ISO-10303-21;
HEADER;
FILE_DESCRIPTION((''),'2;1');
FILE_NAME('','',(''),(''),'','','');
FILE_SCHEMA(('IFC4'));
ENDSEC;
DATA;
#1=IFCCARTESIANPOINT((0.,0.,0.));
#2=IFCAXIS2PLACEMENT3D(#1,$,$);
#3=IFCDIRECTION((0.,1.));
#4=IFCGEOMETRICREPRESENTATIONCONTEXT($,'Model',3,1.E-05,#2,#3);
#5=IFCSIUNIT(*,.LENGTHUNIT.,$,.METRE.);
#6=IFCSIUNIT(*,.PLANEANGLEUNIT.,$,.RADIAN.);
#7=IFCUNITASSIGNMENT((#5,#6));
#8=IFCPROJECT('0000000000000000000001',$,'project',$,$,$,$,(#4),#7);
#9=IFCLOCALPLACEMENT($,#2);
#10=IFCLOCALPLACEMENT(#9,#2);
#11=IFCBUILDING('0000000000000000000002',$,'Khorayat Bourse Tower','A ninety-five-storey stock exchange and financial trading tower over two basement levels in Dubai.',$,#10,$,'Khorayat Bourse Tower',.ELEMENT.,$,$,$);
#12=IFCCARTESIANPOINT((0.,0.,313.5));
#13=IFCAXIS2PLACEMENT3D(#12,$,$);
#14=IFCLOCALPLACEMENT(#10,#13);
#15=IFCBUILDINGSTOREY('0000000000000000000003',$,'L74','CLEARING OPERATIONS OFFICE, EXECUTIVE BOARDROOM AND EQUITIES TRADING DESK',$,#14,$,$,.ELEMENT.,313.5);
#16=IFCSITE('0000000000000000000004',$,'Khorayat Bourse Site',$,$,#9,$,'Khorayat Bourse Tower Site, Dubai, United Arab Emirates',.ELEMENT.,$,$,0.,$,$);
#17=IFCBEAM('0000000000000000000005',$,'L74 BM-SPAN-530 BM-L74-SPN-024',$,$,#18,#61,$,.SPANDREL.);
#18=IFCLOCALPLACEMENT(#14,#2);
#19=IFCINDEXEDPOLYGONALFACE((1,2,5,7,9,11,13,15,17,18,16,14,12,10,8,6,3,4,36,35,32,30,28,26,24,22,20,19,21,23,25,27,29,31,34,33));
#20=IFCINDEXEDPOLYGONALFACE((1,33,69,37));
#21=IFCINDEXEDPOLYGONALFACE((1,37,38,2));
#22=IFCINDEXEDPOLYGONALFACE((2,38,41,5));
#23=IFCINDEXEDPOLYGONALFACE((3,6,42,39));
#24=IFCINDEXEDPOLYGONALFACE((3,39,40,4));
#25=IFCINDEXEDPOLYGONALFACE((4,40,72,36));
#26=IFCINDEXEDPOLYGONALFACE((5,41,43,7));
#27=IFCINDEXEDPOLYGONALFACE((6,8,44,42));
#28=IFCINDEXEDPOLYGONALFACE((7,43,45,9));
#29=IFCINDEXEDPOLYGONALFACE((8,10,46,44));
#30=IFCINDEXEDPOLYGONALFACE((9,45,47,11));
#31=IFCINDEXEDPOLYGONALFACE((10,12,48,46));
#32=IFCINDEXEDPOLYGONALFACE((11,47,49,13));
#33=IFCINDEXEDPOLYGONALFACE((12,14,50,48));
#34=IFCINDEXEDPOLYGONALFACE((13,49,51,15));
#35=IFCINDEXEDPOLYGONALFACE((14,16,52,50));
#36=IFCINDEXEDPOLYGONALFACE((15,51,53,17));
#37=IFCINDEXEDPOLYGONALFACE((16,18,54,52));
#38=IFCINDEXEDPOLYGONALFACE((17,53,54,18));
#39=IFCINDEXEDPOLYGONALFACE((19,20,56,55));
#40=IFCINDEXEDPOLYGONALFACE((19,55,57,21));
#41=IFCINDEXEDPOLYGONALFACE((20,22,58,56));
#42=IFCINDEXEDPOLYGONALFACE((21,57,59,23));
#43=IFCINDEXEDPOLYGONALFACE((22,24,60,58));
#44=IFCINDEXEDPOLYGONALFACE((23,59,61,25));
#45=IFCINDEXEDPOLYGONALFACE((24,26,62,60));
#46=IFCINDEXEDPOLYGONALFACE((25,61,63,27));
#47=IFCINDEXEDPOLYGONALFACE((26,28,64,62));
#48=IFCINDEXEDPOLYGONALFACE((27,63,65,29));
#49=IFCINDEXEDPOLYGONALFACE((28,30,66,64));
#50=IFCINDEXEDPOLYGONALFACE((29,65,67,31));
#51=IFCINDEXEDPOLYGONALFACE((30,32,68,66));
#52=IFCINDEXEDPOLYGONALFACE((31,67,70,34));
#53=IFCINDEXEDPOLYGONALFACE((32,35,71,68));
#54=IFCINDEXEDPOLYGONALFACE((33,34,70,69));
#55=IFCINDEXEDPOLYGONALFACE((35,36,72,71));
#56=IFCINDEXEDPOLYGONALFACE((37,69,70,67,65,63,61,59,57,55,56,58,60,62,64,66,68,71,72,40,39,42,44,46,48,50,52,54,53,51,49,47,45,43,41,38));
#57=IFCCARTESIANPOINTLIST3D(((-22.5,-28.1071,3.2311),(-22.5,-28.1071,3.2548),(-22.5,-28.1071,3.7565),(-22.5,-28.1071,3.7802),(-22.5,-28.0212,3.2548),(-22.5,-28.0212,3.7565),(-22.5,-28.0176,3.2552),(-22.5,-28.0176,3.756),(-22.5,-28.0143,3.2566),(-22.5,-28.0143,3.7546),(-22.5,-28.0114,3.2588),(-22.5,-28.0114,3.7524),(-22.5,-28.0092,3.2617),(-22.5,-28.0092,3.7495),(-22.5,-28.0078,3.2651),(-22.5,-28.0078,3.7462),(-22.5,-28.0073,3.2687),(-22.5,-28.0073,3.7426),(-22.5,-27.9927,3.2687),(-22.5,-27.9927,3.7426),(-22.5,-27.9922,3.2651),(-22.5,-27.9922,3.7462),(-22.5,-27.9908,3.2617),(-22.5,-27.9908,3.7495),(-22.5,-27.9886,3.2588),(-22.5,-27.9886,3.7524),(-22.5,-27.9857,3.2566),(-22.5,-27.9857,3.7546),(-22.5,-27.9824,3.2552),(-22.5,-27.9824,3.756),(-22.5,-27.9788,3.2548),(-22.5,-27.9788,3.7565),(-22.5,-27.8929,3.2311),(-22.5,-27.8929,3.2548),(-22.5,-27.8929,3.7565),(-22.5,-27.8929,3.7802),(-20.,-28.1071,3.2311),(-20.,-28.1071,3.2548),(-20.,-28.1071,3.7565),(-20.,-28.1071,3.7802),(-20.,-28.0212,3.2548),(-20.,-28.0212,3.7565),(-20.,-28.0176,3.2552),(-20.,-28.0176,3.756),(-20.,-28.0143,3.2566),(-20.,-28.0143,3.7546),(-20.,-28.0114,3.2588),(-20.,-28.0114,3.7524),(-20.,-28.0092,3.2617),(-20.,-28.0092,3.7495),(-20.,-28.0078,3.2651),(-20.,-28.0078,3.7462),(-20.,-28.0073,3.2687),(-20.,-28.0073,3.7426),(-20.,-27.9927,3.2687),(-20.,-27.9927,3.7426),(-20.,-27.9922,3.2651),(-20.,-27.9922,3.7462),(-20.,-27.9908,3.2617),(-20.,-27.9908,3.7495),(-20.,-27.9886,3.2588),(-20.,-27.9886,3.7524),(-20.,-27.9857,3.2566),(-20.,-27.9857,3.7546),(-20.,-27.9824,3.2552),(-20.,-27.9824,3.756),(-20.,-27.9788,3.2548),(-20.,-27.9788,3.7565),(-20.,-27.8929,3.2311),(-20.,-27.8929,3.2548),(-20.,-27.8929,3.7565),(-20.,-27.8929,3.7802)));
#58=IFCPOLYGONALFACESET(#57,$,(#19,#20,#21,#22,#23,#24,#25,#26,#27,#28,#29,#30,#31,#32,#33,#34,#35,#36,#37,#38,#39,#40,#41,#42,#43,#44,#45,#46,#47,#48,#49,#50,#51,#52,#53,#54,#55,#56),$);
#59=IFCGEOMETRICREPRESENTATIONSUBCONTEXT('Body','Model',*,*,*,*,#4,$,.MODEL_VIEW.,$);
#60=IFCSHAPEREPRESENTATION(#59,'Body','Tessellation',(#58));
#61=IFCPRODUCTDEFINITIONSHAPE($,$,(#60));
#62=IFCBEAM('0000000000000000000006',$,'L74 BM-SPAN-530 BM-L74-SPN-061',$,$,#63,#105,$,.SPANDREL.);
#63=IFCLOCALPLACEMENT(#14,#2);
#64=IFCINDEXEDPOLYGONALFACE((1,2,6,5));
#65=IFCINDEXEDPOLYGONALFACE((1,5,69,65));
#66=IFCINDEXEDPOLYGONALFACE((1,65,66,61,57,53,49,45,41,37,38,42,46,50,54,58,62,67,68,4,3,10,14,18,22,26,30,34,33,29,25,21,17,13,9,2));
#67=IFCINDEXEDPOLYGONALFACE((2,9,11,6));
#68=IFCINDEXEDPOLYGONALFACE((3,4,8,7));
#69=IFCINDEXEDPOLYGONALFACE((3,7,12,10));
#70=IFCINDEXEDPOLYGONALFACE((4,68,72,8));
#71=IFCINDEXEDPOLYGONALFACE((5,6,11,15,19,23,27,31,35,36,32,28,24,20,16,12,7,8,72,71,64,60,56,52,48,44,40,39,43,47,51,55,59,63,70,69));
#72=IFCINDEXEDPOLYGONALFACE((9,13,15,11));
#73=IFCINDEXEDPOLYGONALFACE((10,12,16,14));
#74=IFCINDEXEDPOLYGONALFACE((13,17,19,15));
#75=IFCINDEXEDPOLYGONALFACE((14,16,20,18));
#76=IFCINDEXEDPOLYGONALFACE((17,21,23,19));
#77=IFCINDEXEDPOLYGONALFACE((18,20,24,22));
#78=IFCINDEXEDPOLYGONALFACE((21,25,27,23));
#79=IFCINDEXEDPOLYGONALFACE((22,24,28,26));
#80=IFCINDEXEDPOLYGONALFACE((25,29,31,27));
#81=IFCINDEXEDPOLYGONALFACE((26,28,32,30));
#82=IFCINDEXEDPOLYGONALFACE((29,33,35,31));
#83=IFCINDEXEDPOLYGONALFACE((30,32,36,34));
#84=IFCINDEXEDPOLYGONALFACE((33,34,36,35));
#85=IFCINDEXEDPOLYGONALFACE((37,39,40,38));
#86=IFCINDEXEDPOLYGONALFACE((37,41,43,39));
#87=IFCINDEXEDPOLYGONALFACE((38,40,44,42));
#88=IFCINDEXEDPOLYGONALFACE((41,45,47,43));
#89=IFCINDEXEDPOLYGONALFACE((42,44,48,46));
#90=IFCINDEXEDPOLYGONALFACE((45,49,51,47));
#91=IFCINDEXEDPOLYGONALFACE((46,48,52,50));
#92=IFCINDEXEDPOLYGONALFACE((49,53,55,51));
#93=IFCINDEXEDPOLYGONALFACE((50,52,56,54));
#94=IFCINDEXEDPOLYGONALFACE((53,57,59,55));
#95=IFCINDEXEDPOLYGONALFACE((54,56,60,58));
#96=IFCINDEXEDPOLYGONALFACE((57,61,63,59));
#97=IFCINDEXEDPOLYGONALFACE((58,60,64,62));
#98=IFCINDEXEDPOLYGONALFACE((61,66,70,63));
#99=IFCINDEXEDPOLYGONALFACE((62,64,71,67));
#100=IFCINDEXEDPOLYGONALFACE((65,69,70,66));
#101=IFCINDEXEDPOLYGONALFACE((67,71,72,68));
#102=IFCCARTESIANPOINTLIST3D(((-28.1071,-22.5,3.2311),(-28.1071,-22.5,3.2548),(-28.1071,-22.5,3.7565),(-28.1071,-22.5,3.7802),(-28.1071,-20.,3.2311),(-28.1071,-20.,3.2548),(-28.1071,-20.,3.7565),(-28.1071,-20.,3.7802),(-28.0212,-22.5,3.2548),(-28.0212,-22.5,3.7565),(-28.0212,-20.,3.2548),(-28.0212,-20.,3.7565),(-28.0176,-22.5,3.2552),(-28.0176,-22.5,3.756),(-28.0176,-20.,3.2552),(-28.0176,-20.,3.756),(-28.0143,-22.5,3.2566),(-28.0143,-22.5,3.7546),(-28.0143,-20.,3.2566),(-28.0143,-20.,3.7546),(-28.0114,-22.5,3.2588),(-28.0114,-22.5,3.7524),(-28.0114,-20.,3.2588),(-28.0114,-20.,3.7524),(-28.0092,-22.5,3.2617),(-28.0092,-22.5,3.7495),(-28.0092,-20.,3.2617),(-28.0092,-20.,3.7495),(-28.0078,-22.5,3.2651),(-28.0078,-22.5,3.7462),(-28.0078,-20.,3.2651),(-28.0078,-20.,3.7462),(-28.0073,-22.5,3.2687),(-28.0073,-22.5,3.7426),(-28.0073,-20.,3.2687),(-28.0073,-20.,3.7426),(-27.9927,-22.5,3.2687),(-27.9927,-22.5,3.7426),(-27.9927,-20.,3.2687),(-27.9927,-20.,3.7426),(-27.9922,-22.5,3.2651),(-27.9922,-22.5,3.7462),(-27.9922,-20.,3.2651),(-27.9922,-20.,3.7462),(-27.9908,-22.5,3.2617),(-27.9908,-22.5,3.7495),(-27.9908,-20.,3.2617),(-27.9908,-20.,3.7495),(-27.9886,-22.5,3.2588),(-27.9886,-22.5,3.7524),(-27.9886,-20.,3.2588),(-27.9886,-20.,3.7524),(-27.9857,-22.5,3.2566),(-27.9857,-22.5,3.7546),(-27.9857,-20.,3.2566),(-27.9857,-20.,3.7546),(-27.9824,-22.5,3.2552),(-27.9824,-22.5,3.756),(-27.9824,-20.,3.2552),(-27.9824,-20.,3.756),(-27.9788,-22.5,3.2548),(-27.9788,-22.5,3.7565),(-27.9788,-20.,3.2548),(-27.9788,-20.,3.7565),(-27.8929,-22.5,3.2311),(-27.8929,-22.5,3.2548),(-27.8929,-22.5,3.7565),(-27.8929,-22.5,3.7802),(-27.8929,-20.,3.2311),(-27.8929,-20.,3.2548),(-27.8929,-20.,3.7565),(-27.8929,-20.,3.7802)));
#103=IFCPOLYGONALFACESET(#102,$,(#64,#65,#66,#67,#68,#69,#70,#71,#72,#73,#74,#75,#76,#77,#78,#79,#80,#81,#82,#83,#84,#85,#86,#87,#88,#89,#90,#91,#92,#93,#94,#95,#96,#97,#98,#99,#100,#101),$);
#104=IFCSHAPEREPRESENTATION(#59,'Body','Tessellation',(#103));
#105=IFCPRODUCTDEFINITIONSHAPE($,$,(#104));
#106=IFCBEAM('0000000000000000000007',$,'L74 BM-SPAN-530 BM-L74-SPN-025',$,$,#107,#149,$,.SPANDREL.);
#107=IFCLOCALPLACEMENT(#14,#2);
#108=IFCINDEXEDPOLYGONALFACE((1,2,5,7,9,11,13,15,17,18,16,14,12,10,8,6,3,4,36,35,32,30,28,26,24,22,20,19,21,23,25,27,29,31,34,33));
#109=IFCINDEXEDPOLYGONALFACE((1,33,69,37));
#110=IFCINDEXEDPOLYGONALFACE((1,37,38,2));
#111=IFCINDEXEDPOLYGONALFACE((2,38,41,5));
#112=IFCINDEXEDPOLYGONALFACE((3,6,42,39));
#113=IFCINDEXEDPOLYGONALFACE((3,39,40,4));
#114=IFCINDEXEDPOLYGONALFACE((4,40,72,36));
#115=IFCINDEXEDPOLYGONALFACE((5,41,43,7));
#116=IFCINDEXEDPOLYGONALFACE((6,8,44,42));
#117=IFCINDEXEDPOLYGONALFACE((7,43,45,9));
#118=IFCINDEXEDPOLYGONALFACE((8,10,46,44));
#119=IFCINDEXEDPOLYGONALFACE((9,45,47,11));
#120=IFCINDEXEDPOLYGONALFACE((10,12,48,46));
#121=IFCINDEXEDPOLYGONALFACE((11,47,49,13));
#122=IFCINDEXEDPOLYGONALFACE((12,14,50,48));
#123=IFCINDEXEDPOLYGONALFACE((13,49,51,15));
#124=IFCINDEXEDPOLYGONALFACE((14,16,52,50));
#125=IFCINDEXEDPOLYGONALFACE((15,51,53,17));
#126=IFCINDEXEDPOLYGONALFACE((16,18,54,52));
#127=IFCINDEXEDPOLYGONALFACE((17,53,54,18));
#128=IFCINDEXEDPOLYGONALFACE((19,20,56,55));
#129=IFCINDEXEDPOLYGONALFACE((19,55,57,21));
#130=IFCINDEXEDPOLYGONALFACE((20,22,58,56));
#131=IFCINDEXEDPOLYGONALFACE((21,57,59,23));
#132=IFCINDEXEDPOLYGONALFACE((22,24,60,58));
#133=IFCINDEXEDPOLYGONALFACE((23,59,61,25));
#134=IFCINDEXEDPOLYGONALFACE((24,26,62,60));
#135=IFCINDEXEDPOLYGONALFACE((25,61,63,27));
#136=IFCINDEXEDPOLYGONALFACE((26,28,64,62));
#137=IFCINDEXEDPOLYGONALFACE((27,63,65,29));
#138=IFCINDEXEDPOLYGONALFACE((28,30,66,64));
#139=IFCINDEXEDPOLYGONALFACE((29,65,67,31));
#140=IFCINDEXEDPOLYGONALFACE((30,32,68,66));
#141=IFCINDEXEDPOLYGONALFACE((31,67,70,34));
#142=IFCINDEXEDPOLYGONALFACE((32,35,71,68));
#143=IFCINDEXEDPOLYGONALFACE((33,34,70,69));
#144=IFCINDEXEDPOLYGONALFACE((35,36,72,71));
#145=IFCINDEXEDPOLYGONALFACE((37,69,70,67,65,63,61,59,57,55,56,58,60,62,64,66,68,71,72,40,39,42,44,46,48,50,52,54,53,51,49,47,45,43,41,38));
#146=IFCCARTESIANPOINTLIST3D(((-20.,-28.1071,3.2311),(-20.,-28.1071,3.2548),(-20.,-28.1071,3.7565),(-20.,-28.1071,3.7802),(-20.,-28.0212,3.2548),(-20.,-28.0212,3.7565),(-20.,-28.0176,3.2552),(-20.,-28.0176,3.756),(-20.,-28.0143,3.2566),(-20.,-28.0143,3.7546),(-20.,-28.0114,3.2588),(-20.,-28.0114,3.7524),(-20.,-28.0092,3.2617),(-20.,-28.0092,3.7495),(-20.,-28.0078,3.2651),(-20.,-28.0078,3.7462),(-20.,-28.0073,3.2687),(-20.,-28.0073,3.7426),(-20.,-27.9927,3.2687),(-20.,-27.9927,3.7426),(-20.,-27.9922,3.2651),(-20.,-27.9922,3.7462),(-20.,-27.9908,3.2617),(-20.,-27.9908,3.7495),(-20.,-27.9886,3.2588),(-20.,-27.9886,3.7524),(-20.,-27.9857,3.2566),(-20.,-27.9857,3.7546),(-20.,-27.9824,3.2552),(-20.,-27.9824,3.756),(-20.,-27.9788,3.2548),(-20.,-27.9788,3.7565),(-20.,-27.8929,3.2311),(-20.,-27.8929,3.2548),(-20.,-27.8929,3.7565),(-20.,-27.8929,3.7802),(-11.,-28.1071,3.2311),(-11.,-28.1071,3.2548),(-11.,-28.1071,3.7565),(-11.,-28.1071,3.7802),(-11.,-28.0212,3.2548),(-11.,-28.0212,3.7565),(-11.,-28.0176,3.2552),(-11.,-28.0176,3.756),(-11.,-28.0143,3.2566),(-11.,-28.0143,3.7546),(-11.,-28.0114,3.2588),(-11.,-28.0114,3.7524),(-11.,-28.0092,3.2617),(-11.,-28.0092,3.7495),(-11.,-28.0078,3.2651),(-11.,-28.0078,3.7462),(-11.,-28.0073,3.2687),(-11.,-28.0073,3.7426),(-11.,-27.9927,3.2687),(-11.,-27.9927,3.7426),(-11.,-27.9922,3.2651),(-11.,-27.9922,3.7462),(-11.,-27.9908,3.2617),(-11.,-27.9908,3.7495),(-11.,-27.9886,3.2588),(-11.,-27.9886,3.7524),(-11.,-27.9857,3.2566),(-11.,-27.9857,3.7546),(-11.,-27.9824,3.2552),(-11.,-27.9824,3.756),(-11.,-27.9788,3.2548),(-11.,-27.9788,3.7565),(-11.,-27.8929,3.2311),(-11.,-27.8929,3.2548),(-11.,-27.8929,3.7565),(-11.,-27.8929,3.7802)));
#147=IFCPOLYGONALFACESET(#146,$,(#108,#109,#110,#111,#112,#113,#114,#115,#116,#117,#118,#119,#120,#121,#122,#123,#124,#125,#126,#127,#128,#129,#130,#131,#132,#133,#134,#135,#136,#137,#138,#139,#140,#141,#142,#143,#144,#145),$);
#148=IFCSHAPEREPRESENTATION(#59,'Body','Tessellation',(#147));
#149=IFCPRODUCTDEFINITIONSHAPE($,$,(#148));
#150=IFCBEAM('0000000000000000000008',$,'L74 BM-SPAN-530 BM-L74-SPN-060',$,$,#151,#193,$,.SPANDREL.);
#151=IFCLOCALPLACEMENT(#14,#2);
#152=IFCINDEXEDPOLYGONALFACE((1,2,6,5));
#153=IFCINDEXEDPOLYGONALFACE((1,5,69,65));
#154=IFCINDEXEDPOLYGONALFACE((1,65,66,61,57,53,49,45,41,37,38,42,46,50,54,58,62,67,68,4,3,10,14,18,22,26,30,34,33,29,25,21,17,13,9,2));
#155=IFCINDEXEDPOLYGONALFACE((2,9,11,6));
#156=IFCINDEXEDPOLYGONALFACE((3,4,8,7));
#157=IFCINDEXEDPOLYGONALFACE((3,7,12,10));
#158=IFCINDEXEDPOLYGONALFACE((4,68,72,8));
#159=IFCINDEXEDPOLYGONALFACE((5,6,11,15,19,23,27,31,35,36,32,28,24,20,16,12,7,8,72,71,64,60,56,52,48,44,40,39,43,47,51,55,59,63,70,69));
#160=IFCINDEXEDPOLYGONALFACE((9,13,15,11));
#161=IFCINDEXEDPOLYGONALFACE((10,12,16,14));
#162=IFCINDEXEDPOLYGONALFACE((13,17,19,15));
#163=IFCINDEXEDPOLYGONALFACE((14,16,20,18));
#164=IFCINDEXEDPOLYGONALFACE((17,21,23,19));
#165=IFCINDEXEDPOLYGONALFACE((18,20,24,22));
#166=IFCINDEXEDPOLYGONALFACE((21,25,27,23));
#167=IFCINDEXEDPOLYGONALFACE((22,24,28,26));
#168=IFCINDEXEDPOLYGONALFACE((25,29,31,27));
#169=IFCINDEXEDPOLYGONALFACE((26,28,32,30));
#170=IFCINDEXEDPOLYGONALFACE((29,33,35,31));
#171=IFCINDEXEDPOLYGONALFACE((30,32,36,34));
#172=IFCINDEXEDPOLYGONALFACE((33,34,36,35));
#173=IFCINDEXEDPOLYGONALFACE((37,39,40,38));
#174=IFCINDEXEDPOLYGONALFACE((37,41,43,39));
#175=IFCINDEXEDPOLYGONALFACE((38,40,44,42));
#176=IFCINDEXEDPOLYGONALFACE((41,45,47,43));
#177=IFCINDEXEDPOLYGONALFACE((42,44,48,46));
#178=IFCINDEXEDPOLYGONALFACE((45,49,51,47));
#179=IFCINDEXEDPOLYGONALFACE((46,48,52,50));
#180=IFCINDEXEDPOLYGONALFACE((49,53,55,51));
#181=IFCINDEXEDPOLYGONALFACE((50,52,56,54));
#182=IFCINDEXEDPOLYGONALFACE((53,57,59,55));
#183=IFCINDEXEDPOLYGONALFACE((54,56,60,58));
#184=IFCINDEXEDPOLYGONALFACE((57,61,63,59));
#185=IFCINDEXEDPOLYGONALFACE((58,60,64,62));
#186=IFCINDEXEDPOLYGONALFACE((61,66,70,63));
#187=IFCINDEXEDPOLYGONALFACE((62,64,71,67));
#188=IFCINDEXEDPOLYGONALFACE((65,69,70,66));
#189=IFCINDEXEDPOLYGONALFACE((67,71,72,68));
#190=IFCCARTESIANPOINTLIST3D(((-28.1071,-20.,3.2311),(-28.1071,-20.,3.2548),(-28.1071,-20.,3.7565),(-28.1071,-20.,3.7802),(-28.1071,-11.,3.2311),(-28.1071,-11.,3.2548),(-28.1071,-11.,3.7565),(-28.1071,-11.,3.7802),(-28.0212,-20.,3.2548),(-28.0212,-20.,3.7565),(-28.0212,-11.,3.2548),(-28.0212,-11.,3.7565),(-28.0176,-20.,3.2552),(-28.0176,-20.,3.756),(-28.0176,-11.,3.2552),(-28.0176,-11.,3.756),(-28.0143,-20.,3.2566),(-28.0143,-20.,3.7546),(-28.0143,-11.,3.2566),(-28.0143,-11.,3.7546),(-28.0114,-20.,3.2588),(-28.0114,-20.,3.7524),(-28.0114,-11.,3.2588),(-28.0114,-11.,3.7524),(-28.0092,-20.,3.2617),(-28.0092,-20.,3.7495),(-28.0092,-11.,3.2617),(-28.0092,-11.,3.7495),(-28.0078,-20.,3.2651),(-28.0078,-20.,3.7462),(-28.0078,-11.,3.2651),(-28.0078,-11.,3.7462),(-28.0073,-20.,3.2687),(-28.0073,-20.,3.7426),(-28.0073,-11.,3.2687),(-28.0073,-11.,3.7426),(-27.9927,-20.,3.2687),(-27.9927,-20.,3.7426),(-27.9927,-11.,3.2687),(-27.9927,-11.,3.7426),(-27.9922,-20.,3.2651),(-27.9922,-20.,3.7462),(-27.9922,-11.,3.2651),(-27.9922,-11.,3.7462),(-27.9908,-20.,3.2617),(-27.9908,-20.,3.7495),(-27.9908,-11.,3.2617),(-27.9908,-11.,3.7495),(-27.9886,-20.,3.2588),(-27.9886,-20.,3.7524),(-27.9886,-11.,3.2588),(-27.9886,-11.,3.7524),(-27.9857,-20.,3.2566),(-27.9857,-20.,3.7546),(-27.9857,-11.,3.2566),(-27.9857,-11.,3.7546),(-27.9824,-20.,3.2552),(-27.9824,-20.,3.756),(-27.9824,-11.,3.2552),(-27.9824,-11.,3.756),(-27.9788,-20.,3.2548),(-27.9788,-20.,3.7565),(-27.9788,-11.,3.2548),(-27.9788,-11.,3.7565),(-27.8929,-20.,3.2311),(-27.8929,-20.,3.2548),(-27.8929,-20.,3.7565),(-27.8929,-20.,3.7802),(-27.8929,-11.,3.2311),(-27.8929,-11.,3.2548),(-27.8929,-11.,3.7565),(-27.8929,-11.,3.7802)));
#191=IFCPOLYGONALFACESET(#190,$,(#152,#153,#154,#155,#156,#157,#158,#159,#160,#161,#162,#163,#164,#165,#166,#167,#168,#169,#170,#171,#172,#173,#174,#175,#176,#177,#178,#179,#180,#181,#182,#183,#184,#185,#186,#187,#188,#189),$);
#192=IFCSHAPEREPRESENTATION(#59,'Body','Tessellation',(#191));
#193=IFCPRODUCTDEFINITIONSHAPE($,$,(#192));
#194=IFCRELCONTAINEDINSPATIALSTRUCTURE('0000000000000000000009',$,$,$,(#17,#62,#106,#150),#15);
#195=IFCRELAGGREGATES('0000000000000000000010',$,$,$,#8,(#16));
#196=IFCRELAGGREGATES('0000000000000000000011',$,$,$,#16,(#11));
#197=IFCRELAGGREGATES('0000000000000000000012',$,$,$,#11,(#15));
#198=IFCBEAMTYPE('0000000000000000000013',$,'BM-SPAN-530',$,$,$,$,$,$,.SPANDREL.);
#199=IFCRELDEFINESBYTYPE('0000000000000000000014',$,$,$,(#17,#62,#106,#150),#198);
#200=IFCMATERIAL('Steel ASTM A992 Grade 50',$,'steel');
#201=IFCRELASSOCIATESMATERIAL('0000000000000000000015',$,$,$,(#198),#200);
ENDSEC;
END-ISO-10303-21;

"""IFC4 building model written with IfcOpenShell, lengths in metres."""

from ifc_helpers import new_model, si_unit, direction, frame, origin, origin_2d, place, context, subcontext, project, spatial, i_section, extrude, source, transform, mapped, material, material_profile, profile_set, type_object, element, save


model = new_model("IFC4")

# Units and contexts
model_context = context("Model", 3, precision=1e-05, world=origin(), true_north=direction((0.0, 1.0)))
body_context = subcontext(model_context, "Body", "Model", "MODEL_VIEW")
ifc_project = project(units=[si_unit("LENGTHUNIT", "METRE"), si_unit("PLANEANGLEUNIT", "RADIAN")], contexts=[model_context])

# Site, building, storey
site_placement = place(None, origin())
site = spatial("IfcSite", under=ifc_project, at=site_placement, Name="Khorayat Bourse Site", LongName="Khorayat Bourse Tower Site, Dubai, United Arab Emirates", CompositionType="ELEMENT", RefElevation=0.0)
building_placement = place(site_placement, origin())
building = spatial("IfcBuilding", under=site, at=building_placement, Name="Khorayat Bourse Tower", Description="A ninety-five-storey stock exchange and financial trading tower over two basement levels in Dubai.", LongName="Khorayat Bourse Tower", CompositionType="ELEMENT")
storey_placement = place(building_placement, frame((0.0, 0.0, 313.5)))
storey = spatial("IfcBuildingStorey", under=building, at=storey_placement, Name="L74", Description="CLEARING OPERATIONS OFFICE, EXECUTIVE BOARDROOM AND EQUITIES TRADING DESK", CompositionType="ELEMENT", Elevation=313.5)

# Beams
ifc_material_1 = material(Name="Steel ASTM A992 Grade 50", Category="steel")
ifc_material_profile_1 = material_profile(ifc_material_1, i_section(OverallWidth=0.2141, OverallDepth=0.5491, WebThickness=0.0146, FlangeThickness=0.0237, FilletRadius=0.0139, at=origin_2d()), Name="W530X138")
ifc_profile_set_1 = profile_set([ifc_material_profile_1], Name="Steel ASTM A992 Grade 50")
beam_type_1 = type_object("IfcBeamType", Name="BM-SPAN-530", PredefinedType="SPANDREL", material=ifc_profile_set_1)
shared_shape_1 = source(origin(), body_context, "Body", "SweptSolid", [
    extrude(i_section(OverallWidth=0.2141, OverallDepth=0.5491, WebThickness=0.0146, FlangeThickness=0.0237, FilletRadius=0.0139, at=origin_2d()), origin(), (0.0, 0.0, 1.0), 2.5),
])
for number, where, z_axis, x_axis, name in (
    (1, (-22.5, -28.0, 3.5056), (1.0, 0.0, 0.0), (0.0, 1.0, 0.0), "L74 BM-SPAN-530 BM-L74-SPN-024"),
    (2, (-28.0, -22.5, 3.5056), (0.0, 1.0, 0.0), (-1.0, 0.0, 0.0), "L74 BM-SPAN-530 BM-L74-SPN-061"),
):
    element("IfcBeam", number, at=place(storey_placement, frame(where, z_axis=z_axis, x_axis=x_axis)), inside=storey, type_object=beam_type_1, Name=name, PredefinedType="SPANDREL", context=body_context, shape_type="MappedRepresentation", body=[
        mapped(shared_shape_1, transform((0.0, 0.0, 0.0), scale=1.0)),
    ])
shared_shape_2 = source(origin(), body_context, "Body", "SweptSolid", [
    extrude(i_section(OverallWidth=0.2141, OverallDepth=0.5491, WebThickness=0.0146, FlangeThickness=0.0237, FilletRadius=0.0139, at=origin_2d()), origin(), (0.0, 0.0, 1.0), 9.0),
])
for number, where, z_axis, x_axis, name in (
    (3, (-20.0, -28.0, 3.5056), (1.0, 0.0, 0.0), (0.0, 1.0, 0.0), "L74 BM-SPAN-530 BM-L74-SPN-025"),
    (4, (-28.0, -20.0, 3.5056), (0.0, 1.0, 0.0), (-1.0, 0.0, 0.0), "L74 BM-SPAN-530 BM-L74-SPN-060"),
):
    element("IfcBeam", number, at=place(storey_placement, frame(where, z_axis=z_axis, x_axis=x_axis)), inside=storey, type_object=beam_type_1, Name=name, PredefinedType="SPANDREL", context=body_context, shape_type="MappedRepresentation", body=[
        mapped(shared_shape_2, transform((0.0, 0.0, 0.0), scale=1.0)),
    ])

save(model, "model.ifc")
